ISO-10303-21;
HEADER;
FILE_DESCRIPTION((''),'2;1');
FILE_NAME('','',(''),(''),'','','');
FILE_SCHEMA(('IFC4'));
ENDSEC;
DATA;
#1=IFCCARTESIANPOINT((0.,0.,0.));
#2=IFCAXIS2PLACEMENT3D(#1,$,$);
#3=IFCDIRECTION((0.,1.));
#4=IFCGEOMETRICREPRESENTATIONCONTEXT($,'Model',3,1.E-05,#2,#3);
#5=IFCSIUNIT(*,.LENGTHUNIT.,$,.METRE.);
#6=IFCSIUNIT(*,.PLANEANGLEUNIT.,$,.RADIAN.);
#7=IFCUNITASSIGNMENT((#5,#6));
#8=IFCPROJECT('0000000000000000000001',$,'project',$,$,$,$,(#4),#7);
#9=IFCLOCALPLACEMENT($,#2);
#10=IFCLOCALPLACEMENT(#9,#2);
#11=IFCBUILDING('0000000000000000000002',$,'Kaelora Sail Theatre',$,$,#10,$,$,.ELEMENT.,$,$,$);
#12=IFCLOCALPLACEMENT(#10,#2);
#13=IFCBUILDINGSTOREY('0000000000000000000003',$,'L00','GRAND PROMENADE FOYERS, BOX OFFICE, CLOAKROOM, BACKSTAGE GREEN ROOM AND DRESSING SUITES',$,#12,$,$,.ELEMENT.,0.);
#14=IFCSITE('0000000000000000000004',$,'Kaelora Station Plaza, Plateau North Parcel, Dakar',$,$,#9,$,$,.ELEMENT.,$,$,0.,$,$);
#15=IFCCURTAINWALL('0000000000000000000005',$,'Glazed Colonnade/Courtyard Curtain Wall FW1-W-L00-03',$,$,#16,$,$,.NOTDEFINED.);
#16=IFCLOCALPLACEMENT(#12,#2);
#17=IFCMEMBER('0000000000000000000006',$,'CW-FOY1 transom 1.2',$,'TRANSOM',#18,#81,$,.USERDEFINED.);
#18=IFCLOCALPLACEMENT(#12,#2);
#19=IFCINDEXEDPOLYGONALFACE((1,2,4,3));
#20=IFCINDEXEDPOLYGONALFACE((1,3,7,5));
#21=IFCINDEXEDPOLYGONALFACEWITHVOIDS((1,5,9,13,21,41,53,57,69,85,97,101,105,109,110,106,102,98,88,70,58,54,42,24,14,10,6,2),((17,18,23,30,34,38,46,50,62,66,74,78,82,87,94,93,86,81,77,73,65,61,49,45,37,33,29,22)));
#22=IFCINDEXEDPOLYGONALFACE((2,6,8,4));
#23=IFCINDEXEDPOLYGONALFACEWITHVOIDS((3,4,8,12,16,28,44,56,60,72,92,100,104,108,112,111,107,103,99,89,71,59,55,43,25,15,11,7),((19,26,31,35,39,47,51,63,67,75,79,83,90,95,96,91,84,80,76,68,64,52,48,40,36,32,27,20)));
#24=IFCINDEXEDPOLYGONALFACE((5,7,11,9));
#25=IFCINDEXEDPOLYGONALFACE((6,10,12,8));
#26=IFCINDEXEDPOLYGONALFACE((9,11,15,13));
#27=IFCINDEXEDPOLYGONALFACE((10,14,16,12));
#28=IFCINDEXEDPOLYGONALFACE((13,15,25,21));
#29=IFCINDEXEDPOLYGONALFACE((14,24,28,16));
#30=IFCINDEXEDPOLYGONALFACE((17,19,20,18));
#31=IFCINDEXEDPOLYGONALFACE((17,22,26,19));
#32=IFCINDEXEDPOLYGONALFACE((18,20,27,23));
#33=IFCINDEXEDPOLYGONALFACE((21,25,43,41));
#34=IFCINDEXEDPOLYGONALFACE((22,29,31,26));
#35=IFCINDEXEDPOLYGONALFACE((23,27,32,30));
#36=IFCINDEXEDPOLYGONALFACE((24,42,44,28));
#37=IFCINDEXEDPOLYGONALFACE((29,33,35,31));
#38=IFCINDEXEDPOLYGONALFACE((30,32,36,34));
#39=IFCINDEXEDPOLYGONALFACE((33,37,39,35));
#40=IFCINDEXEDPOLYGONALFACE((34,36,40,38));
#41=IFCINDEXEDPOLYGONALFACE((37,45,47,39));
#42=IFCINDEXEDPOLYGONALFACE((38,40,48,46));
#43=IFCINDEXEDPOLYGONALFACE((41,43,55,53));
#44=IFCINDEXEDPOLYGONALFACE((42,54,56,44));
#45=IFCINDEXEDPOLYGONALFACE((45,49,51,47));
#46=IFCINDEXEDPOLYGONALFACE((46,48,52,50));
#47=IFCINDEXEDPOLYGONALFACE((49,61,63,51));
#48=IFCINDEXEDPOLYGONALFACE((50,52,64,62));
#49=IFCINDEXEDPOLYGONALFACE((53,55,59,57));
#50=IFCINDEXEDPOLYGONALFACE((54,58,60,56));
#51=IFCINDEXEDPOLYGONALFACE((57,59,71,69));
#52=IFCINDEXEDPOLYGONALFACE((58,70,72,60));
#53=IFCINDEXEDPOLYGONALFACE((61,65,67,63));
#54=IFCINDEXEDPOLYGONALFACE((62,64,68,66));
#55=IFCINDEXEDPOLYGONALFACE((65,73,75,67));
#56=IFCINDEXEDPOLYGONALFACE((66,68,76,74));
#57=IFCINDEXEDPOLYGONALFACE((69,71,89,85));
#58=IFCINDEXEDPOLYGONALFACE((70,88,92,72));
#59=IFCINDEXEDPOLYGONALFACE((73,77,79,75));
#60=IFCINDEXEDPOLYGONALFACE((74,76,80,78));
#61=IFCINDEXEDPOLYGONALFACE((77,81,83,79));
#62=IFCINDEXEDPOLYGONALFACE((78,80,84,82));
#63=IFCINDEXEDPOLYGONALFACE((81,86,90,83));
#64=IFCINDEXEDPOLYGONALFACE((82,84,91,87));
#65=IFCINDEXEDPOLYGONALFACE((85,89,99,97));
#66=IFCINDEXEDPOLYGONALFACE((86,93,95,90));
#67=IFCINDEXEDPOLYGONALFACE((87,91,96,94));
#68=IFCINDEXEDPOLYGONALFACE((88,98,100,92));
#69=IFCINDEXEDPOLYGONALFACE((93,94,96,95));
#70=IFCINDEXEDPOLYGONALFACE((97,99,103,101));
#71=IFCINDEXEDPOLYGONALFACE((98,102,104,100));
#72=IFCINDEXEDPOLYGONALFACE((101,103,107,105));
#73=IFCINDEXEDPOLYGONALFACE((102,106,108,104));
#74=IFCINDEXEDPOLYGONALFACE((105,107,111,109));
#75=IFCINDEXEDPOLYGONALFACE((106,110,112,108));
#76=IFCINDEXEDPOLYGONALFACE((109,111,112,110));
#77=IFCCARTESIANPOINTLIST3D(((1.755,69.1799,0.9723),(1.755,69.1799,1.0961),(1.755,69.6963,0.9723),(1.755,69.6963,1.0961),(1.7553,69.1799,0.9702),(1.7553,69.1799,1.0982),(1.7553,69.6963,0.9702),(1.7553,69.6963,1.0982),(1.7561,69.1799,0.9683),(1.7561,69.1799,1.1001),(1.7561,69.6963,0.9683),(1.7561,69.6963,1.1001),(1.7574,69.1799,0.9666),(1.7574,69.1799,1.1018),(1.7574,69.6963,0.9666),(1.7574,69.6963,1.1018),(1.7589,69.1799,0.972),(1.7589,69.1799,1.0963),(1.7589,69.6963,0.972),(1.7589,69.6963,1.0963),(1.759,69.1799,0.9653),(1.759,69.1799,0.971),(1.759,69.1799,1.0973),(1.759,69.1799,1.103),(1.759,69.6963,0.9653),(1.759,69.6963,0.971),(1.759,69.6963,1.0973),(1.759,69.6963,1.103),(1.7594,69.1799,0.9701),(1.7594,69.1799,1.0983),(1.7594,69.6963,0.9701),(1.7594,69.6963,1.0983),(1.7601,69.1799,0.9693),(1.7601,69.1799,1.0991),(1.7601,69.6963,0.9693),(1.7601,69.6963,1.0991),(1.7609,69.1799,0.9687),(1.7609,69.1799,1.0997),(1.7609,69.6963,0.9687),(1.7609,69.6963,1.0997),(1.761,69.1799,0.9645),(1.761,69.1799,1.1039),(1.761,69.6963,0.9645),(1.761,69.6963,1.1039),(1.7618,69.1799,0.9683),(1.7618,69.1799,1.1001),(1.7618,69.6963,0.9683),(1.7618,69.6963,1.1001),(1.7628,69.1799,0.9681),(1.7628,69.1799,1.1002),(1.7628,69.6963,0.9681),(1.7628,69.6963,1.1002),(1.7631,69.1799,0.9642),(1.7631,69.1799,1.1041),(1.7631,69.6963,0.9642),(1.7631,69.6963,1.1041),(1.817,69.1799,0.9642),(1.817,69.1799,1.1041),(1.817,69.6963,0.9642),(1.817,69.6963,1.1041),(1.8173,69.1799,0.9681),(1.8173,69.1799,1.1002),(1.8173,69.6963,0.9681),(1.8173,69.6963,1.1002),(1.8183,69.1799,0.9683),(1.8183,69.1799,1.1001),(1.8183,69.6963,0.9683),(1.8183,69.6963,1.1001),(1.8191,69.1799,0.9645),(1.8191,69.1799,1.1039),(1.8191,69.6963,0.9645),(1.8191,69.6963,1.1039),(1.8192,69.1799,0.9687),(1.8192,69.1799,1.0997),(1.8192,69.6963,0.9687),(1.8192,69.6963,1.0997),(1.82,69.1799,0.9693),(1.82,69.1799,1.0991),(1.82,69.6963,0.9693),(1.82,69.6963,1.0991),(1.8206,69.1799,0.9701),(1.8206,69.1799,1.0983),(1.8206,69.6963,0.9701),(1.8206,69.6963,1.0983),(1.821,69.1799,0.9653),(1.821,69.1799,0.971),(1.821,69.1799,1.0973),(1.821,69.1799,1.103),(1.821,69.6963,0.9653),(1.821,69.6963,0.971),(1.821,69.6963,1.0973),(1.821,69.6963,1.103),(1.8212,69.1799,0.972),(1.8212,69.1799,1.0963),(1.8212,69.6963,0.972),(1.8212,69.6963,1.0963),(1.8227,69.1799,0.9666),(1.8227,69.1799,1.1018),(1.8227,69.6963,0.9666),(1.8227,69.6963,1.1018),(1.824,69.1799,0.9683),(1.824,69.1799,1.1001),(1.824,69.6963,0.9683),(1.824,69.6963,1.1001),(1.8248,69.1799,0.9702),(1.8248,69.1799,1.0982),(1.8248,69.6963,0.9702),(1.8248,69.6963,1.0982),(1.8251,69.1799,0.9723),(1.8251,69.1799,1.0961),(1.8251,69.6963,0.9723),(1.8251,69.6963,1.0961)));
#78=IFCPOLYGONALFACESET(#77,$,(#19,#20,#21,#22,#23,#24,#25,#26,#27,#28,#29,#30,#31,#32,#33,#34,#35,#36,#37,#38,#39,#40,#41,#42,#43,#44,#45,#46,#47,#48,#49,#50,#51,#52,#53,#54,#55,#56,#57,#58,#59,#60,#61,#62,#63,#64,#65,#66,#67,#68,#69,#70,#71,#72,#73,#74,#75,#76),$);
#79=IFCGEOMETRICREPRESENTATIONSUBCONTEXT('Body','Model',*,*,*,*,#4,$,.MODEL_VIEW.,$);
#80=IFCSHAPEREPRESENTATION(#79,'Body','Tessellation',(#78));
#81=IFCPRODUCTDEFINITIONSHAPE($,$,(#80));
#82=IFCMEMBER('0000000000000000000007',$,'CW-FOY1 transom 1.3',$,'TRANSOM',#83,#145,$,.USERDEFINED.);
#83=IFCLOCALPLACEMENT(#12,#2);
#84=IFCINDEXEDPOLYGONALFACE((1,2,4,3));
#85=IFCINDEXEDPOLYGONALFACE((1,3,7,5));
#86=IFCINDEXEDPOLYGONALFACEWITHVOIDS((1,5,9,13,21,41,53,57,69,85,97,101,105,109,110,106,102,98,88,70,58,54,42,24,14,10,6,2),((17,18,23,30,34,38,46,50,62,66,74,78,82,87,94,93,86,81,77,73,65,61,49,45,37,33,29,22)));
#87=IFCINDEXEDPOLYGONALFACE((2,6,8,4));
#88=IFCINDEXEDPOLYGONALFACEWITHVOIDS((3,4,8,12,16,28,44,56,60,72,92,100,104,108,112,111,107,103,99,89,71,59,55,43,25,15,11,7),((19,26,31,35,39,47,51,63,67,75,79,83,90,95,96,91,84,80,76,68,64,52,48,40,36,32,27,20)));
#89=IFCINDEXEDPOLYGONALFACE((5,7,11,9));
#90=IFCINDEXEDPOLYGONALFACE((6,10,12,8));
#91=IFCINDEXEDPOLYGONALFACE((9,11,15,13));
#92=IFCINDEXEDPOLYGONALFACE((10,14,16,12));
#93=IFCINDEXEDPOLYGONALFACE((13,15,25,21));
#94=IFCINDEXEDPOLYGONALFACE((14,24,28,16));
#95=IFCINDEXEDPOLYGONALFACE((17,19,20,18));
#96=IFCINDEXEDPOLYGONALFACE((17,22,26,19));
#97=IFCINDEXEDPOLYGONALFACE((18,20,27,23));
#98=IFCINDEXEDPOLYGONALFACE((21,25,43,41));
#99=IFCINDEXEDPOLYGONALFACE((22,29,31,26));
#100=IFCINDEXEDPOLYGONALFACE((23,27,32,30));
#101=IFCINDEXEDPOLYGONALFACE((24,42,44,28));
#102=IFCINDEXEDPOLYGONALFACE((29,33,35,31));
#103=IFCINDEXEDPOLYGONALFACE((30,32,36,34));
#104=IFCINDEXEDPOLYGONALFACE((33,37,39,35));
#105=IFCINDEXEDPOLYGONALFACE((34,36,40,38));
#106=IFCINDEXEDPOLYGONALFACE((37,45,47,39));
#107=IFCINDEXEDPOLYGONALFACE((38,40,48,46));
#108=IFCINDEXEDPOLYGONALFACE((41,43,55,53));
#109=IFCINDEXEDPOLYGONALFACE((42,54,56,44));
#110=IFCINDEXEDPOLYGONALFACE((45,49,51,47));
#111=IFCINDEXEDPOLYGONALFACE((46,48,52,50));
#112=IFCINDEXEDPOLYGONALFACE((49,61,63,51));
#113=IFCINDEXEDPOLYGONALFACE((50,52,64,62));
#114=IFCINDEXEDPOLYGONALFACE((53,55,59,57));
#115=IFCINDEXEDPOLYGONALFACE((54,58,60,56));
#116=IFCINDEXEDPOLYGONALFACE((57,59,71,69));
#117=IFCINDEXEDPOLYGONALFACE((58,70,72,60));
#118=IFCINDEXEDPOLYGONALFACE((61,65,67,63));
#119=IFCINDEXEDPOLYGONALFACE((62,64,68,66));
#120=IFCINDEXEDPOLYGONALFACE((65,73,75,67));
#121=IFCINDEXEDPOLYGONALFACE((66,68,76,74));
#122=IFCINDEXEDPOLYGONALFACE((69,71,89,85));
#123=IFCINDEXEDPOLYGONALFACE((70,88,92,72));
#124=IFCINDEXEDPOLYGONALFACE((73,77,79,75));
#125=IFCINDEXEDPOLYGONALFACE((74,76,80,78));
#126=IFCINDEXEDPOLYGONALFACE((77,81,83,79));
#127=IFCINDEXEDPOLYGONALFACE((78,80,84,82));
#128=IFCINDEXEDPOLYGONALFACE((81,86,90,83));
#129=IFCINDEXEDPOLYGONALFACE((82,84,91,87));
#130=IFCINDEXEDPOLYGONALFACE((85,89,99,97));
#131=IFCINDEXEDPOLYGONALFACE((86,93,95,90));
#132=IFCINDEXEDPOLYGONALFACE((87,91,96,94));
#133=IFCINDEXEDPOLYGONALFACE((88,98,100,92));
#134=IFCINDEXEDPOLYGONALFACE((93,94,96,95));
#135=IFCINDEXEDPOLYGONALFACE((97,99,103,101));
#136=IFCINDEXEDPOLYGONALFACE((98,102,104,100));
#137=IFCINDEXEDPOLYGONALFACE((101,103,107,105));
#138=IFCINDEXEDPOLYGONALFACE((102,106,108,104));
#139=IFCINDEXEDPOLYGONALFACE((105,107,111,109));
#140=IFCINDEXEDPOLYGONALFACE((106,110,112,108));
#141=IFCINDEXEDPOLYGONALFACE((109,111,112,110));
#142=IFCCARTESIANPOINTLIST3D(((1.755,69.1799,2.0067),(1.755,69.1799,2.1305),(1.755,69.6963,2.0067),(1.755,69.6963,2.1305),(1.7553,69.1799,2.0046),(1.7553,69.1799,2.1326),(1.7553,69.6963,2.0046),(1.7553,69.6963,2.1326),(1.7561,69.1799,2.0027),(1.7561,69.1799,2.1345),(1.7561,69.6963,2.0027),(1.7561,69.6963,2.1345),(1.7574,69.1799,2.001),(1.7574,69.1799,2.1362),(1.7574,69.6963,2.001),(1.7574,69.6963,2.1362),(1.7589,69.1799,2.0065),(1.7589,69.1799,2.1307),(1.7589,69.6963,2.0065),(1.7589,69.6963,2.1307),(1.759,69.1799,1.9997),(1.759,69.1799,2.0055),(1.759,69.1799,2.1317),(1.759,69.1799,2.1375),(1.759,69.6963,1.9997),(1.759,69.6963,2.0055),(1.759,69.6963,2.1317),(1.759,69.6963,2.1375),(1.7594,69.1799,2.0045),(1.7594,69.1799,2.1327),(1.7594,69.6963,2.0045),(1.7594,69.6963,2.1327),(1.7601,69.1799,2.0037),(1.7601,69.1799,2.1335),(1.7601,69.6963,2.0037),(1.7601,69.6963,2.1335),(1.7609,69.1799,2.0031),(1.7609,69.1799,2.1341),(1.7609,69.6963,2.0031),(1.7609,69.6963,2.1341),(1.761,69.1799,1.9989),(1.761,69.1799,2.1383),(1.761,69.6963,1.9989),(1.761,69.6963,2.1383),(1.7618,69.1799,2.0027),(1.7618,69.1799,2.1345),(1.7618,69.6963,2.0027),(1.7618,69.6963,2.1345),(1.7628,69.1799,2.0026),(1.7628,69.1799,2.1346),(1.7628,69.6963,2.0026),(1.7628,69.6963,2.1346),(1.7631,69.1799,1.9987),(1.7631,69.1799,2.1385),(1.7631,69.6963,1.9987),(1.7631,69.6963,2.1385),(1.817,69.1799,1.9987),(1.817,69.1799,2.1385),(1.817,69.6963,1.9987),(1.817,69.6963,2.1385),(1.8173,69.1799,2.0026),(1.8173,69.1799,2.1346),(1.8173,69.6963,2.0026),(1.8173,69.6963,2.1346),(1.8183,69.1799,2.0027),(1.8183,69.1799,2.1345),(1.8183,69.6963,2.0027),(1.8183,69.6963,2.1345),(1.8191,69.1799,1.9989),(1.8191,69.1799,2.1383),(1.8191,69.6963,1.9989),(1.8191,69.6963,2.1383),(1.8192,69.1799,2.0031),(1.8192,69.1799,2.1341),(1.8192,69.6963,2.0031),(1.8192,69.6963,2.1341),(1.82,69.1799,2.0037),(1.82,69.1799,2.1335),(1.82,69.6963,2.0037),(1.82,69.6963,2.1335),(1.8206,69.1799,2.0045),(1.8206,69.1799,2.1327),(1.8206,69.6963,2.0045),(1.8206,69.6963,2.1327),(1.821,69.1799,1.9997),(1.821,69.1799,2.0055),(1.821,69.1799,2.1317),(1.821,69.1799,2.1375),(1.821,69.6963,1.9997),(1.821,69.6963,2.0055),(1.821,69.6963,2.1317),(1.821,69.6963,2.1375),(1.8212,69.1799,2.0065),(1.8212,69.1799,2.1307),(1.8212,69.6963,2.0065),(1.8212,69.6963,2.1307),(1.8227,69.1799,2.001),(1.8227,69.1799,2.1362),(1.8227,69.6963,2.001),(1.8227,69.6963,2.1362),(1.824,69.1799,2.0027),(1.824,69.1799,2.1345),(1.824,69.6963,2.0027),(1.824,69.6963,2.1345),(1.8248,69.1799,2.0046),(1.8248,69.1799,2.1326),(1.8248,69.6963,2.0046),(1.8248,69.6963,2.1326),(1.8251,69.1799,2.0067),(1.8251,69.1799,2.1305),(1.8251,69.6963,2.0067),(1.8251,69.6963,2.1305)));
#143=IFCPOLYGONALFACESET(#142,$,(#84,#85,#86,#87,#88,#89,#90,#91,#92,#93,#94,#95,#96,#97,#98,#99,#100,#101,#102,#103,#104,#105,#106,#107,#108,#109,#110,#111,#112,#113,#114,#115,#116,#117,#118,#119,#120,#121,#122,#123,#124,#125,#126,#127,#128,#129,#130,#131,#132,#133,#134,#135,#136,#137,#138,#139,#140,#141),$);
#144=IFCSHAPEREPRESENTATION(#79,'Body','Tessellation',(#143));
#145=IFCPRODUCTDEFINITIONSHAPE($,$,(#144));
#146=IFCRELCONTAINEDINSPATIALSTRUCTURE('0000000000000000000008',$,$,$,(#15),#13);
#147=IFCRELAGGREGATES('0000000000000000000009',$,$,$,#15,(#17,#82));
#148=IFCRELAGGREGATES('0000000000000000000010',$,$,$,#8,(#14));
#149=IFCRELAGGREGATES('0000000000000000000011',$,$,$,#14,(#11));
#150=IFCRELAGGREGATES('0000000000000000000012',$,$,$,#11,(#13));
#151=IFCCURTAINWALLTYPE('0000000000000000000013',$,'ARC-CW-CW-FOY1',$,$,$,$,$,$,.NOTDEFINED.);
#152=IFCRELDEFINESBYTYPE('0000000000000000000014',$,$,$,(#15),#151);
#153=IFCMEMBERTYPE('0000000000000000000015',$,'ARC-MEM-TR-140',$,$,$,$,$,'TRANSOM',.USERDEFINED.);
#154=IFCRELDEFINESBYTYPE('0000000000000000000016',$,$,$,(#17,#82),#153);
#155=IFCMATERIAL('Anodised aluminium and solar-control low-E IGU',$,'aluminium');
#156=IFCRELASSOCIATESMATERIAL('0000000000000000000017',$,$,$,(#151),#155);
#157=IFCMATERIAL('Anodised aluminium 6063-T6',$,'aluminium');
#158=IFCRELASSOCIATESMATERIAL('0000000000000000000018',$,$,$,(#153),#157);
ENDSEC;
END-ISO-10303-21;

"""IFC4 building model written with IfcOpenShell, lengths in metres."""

from ifc_helpers import new_model, si_unit, direction, frame, origin, origin_2d, place, context, subcontext, project, spatial, hollow_rectangle, extrude, material, material_profile, profile_set, type_object, element, aggregate, save


model = new_model("IFC4")

# Units and contexts
model_context = context("Model", 3, precision=1e-05, world=origin(), true_north=direction((0.0, 1.0)))
body_context = subcontext(model_context, "Body", "Model", "MODEL_VIEW")
ifc_project = project(units=[si_unit("LENGTHUNIT", "METRE"), si_unit("PLANEANGLEUNIT", "RADIAN")], contexts=[model_context])

# Site, building, storey
site_placement = place(None, origin())
site = spatial("IfcSite", under=ifc_project, at=site_placement, Name="Kaelora Station Plaza, Plateau North Parcel, Dakar", CompositionType="ELEMENT", RefElevation=0.0)
building_placement = place(site_placement, origin())
building = spatial("IfcBuilding", under=site, at=building_placement, Name="Kaelora Sail Theatre", CompositionType="ELEMENT")
storey_placement = place(building_placement, origin())
storey = spatial("IfcBuildingStorey", under=building, at=storey_placement, Name="L00", Description="GRAND PROMENADE FOYERS, BOX OFFICE, CLOAKROOM, BACKSTAGE GREEN ROOM AND DRESSING SUITES", CompositionType="ELEMENT", Elevation=0.0)

# Shared definitions
ifc_material_1 = material(Name="Anodised aluminium and solar-control low-E IGU", Category="aluminium")
curtain_wall_type = type_object("IfcCurtainWallType", Name="ARC-CW-CW-FOY1", PredefinedType="NOTDEFINED", material=ifc_material_1)

# Curtain wall
curtain_wall_1_placement = place(storey_placement, origin())
curtain_wall_1 = element("IfcCurtainWall", 1, at=curtain_wall_1_placement, inside=storey, type_object=curtain_wall_type, Name="Glazed Colonnade/Courtyard Curtain Wall FW1-W-L00-03", PredefinedType="NOTDEFINED")

# Members
ifc_material_2 = material(Name="Anodised aluminium 6063-T6", Category="aluminium")
ifc_material_profile_1 = material_profile(ifc_material_2, hollow_rectangle(XDim=0.0701, YDim=0.1399, WallThickness=0.0039, InnerFilletRadius=0.0039, OuterFilletRadius=0.0081, at=origin_2d()), Name="ALU-TRAN 70x140x4")
ifc_profile_set_1 = profile_set([ifc_material_profile_1], Name="Anodised aluminium 6063-T6")
member_type_1 = type_object("IfcMemberType", Name="ARC-MEM-TR-140", ElementType="TRANSOM", PredefinedType="USERDEFINED", material=ifc_profile_set_1)
member_1_placement = place(storey_placement, frame((1.79, 69.1799, 1.0342), z_axis=(0.0, 1.0, 0.0), x_axis=(-1.0, 0.0, 0.0)))
member_1 = element("IfcMember", 2, at=member_1_placement, type_object=member_type_1, Name="CW-FOY1 transom 1.2", ObjectType="TRANSOM", PredefinedType="USERDEFINED", context=body_context, shape_type="SweptSolid", body=[
    extrude(hollow_rectangle(XDim=0.0701, YDim=0.1399, WallThickness=0.0039, InnerFilletRadius=0.0039, OuterFilletRadius=0.0081, at=origin_2d()), origin(), (0.0, 0.0, 1.0), 0.5164),
])
member_2_placement = place(storey_placement, frame((1.79, 69.1799, 2.0686), z_axis=(0.0, 1.0, 0.0), x_axis=(-1.0, 0.0, 0.0)))
member_2 = element("IfcMember", 3, at=member_2_placement, type_object=member_type_1, Name="CW-FOY1 transom 1.3", ObjectType="TRANSOM", PredefinedType="USERDEFINED", context=body_context, shape_type="SweptSolid", body=[
    extrude(hollow_rectangle(XDim=0.0701, YDim=0.1399, WallThickness=0.0039, InnerFilletRadius=0.0039, OuterFilletRadius=0.0081, at=origin_2d()), origin(), (0.0, 0.0, 1.0), 0.5164),
])

aggregate(curtain_wall_1, [member_1, member_2])

save(model, "model.ifc")
